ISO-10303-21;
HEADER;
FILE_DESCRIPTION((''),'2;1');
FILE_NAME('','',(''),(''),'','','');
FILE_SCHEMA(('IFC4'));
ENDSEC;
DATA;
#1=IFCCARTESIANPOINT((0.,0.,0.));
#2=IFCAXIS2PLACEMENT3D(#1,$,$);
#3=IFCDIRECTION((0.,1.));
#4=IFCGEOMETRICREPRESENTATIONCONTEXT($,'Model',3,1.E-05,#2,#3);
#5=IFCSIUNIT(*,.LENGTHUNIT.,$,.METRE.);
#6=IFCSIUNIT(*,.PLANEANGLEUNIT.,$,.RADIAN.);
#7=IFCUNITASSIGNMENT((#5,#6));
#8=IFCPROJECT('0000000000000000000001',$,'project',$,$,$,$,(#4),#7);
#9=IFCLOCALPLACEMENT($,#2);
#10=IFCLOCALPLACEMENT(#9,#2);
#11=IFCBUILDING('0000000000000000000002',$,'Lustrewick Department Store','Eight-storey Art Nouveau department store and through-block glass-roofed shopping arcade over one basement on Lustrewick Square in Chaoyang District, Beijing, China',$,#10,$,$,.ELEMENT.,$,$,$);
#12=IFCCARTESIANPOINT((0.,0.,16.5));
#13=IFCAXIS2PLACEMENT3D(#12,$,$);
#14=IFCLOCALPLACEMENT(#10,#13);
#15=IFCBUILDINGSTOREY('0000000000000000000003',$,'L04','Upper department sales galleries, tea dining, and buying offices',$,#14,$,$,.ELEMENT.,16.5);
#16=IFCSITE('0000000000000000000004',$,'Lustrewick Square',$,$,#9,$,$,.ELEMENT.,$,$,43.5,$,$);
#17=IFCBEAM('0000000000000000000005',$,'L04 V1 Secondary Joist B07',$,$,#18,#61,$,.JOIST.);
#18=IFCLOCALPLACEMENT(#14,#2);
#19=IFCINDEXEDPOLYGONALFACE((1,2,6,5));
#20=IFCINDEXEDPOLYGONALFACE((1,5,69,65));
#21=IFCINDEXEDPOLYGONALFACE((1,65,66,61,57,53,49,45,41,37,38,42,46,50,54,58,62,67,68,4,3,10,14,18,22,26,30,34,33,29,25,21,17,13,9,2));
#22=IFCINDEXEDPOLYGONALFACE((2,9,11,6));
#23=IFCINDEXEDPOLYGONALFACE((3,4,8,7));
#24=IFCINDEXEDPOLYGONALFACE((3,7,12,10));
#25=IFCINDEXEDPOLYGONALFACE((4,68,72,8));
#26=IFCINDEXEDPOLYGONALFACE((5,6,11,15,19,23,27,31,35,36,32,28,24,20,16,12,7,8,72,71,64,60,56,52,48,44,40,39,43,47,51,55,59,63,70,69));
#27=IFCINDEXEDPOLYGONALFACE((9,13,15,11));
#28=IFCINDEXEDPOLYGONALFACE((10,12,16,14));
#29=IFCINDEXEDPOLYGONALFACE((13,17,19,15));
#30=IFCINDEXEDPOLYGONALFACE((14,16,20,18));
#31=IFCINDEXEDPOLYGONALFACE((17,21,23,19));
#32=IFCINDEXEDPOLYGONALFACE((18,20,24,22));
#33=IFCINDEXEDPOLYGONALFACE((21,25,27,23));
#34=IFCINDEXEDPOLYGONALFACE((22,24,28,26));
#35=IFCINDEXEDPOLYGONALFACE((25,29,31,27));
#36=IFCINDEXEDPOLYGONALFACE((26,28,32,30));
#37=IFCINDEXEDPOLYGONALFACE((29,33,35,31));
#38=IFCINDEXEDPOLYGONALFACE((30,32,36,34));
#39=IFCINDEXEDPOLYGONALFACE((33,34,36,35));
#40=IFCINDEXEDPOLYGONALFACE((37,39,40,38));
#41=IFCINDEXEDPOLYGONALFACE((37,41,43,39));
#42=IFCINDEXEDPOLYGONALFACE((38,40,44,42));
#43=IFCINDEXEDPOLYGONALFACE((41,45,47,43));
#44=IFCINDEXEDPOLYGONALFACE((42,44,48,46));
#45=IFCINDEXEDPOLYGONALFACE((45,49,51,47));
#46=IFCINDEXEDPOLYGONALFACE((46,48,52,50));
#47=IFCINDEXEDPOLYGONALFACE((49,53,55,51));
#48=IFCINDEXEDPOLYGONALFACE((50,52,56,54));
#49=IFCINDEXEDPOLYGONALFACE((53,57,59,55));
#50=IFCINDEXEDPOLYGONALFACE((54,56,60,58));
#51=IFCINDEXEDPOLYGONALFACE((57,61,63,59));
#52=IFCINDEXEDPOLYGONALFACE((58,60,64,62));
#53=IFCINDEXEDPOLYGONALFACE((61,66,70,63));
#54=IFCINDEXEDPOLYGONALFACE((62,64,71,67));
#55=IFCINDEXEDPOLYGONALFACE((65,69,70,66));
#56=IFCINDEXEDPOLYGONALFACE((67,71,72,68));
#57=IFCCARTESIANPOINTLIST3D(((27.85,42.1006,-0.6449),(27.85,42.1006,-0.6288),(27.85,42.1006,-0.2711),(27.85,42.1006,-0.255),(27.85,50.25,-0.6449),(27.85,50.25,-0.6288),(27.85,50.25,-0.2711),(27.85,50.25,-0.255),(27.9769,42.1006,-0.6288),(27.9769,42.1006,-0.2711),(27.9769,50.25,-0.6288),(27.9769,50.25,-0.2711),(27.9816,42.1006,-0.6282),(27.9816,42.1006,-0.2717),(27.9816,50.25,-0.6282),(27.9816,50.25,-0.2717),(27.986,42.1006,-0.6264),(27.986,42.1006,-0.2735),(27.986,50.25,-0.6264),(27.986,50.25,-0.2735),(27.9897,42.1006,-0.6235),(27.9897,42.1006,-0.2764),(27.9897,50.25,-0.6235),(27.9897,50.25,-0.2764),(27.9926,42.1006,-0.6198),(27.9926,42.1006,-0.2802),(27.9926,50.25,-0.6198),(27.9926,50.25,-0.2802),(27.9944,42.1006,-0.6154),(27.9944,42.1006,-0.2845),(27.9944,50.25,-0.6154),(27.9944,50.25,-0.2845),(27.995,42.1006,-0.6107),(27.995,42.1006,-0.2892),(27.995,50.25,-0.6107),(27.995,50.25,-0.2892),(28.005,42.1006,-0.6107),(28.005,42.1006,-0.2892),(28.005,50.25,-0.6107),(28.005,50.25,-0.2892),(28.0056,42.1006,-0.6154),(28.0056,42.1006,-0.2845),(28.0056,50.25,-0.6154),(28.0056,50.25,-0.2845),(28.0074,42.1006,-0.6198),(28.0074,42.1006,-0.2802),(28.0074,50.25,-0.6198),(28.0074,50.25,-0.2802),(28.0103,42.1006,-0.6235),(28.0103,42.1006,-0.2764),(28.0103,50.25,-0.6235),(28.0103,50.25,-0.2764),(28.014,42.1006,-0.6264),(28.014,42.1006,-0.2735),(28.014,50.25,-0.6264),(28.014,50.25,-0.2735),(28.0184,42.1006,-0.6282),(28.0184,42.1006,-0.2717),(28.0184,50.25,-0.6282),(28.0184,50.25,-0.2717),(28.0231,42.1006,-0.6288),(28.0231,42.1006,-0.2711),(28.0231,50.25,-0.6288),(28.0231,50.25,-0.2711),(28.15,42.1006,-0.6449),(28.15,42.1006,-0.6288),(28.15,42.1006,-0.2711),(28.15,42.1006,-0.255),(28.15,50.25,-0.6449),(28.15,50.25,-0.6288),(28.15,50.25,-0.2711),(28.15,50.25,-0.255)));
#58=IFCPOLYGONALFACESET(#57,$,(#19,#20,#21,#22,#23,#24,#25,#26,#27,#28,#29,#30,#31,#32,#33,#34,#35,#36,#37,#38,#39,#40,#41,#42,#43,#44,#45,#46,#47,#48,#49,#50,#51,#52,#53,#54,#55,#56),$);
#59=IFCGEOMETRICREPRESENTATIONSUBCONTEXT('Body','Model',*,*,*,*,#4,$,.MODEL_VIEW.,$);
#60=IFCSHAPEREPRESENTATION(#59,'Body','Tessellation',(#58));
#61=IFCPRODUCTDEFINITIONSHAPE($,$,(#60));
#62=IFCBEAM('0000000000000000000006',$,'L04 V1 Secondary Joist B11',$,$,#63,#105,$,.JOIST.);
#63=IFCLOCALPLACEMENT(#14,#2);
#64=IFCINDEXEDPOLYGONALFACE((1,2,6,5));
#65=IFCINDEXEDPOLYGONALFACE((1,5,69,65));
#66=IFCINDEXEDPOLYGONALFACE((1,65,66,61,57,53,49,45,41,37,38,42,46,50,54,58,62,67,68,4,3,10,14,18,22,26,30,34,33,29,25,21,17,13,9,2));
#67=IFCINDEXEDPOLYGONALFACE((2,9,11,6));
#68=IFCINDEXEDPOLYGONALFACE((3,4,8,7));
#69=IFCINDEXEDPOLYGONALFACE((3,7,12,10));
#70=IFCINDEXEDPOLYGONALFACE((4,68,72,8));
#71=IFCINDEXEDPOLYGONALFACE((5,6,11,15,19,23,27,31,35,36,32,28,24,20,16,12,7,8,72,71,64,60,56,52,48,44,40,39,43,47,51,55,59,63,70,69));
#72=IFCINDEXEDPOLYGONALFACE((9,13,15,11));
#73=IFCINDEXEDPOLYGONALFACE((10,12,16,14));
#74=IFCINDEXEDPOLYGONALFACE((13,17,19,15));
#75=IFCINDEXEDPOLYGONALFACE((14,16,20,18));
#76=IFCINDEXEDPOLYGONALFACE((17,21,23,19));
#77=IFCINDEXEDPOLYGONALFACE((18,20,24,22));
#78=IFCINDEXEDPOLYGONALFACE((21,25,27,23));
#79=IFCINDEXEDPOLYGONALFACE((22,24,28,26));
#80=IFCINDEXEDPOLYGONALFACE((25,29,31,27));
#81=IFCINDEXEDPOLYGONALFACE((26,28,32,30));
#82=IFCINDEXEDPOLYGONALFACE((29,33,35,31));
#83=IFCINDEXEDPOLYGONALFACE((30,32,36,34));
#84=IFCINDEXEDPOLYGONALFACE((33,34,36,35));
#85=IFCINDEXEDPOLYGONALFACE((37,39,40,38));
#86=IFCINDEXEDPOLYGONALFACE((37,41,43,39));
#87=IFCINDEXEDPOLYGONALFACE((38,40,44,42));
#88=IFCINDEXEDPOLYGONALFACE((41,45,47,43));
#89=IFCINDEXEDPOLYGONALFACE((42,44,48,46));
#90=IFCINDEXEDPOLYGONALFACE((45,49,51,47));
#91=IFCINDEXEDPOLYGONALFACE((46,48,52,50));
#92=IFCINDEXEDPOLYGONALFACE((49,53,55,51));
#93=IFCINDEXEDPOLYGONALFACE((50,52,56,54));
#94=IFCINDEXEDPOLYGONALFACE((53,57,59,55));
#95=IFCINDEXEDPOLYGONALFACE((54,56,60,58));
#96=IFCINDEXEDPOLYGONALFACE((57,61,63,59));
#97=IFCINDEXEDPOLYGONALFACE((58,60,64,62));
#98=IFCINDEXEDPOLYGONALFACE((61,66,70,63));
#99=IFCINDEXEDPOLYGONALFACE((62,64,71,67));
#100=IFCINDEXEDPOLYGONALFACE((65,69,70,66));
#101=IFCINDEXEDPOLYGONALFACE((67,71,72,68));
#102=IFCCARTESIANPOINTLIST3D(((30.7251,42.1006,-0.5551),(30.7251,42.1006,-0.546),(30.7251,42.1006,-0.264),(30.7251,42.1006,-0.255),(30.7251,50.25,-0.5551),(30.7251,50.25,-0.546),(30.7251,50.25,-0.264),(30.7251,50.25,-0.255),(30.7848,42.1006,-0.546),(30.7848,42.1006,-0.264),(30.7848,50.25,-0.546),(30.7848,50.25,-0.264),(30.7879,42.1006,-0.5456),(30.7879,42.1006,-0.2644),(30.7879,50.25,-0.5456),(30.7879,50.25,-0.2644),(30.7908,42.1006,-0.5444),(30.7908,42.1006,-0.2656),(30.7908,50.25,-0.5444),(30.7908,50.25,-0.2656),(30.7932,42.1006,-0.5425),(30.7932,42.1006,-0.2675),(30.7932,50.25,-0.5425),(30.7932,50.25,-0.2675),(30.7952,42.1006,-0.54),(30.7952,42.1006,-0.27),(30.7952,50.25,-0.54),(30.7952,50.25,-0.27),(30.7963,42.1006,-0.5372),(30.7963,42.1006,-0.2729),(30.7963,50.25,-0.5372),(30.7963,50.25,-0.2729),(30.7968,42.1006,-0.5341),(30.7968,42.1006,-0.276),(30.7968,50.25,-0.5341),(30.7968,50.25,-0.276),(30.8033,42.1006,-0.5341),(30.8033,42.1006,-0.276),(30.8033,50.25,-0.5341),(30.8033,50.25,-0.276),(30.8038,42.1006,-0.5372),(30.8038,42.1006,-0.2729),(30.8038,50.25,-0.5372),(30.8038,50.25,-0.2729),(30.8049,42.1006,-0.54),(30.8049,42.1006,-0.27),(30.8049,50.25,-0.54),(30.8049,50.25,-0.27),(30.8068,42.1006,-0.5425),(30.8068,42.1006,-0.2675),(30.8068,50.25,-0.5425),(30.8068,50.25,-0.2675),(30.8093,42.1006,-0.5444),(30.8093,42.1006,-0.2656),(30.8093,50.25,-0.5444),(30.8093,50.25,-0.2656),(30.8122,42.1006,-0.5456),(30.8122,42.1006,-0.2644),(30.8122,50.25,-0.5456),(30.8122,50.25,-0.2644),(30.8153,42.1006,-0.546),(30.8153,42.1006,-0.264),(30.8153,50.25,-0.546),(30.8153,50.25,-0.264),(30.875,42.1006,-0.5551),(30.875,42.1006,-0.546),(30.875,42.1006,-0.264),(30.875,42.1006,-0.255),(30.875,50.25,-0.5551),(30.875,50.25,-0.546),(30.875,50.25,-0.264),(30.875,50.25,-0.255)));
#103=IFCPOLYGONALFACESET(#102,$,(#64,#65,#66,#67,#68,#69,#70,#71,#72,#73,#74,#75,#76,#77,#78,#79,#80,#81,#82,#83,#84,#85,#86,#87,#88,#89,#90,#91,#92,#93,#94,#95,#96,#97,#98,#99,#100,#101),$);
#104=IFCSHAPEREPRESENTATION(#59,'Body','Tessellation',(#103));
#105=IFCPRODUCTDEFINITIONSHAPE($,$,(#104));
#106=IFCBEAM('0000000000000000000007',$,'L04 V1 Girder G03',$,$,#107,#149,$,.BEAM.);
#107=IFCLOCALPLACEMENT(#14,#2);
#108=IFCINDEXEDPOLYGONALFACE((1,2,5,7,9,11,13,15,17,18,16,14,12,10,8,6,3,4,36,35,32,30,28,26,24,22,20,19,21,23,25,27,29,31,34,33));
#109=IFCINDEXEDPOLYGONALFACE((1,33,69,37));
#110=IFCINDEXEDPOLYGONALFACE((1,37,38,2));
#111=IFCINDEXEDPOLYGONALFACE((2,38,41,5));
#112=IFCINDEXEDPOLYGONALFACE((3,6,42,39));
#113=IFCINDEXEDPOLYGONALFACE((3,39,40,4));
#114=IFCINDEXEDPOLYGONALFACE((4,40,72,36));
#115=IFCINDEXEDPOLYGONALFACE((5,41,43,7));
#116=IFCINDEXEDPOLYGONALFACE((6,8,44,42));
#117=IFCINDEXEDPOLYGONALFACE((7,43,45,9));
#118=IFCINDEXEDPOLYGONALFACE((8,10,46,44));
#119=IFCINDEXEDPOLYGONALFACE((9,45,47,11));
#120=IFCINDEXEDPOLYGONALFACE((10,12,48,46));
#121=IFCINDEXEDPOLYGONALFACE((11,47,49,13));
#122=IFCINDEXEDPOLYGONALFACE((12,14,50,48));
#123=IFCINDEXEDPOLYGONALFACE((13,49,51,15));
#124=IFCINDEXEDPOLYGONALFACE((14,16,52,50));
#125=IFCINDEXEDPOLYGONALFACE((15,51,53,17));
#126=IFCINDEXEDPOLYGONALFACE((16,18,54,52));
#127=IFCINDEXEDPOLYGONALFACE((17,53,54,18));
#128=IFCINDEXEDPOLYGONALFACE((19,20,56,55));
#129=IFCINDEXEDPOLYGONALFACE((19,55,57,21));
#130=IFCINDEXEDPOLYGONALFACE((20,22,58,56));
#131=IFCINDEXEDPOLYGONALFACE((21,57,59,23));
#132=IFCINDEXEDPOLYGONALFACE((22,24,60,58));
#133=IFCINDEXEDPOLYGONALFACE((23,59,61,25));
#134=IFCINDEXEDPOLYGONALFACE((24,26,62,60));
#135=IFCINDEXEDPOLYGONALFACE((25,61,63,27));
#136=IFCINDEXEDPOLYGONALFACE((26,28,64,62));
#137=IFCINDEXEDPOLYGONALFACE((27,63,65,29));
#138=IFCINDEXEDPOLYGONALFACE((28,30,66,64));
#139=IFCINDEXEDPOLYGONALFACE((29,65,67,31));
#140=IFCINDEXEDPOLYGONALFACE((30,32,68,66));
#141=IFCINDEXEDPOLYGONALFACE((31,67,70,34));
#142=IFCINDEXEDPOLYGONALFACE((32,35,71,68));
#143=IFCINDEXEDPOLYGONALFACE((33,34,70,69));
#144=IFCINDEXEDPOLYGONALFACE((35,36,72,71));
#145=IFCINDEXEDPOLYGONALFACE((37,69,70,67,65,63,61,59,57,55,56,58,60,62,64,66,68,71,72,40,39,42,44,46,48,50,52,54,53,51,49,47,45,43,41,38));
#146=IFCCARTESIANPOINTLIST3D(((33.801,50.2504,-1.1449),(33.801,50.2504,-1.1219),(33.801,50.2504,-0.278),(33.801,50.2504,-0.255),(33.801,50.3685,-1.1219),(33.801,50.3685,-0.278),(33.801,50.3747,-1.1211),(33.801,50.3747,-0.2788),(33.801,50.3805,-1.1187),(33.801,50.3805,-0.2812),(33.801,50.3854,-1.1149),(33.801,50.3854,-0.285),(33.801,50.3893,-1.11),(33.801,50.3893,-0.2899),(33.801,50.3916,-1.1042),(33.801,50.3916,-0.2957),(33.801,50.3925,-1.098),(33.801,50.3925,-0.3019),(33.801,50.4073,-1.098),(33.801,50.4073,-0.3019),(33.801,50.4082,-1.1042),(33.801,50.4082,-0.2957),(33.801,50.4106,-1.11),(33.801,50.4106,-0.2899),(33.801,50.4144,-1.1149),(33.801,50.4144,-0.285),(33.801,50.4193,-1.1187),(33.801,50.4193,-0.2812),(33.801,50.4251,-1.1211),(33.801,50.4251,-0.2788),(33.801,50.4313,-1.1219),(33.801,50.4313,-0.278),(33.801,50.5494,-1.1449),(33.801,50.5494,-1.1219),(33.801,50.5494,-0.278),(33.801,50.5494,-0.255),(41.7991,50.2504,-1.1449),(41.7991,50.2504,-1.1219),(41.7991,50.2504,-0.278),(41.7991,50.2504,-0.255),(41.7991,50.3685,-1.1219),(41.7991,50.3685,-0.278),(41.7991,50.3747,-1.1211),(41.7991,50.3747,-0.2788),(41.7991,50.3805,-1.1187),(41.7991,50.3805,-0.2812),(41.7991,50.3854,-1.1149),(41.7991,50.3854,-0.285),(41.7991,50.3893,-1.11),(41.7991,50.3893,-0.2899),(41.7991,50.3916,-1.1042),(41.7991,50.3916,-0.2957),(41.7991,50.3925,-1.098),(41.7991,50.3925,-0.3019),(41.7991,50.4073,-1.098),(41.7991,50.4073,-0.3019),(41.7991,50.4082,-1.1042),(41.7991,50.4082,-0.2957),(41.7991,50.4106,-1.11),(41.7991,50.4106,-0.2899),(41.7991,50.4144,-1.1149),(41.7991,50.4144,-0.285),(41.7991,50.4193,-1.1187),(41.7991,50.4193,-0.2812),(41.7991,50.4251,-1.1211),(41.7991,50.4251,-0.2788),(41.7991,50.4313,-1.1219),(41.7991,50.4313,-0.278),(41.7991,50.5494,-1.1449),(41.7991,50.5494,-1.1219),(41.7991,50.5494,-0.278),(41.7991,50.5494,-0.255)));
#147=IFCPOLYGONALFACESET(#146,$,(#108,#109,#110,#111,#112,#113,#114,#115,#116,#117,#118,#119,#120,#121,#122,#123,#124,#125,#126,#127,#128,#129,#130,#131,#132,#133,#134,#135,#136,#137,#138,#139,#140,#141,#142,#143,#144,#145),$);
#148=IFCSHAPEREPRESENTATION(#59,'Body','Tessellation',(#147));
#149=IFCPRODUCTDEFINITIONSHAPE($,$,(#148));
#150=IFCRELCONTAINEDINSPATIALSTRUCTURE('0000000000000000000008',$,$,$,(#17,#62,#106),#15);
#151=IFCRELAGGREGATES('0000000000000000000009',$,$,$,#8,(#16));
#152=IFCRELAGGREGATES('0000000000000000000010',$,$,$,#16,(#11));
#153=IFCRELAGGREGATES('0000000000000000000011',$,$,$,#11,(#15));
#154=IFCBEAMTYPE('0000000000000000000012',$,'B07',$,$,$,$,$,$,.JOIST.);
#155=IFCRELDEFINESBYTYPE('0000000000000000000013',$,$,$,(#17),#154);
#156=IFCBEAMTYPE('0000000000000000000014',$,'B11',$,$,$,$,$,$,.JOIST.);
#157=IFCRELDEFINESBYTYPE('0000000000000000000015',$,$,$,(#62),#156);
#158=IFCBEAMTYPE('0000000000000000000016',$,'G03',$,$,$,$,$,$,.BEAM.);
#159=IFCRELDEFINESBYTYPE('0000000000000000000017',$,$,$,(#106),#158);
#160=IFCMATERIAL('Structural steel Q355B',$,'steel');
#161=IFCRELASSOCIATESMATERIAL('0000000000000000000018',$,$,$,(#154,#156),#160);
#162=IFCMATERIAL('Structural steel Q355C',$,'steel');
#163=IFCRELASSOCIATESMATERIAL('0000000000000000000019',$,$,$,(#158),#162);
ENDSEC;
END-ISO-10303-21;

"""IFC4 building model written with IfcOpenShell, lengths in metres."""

from ifc_helpers import new_model, si_unit, direction, frame, origin, origin_2d, place, context, subcontext, project, spatial, i_section, extrude, material, material_profile, profile_set, type_object, element, save


model = new_model("IFC4")

# Units and contexts
model_context = context("Model", 3, precision=1e-05, world=origin(), true_north=direction((0.0, 1.0)))
body_context = subcontext(model_context, "Body", "Model", "MODEL_VIEW")
ifc_project = project(units=[si_unit("LENGTHUNIT", "METRE"), si_unit("PLANEANGLEUNIT", "RADIAN")], contexts=[model_context])

# Site, building, storey
site_placement = place(None, origin())
site = spatial("IfcSite", under=ifc_project, at=site_placement, Name="Lustrewick Square", CompositionType="ELEMENT", RefElevation=43.5)
building_placement = place(site_placement, origin())
building = spatial("IfcBuilding", under=site, at=building_placement, Name="Lustrewick Department Store", Description="Eight-storey Art Nouveau department store and through-block glass-roofed shopping arcade over one basement on Lustrewick Square in Chaoyang District, Beijing, China", CompositionType="ELEMENT")
storey_placement = place(building_placement, frame((0.0, 0.0, 16.5)))
storey = spatial("IfcBuildingStorey", under=building, at=storey_placement, Name="L04", Description="Upper department sales galleries, tea dining, and buying offices", CompositionType="ELEMENT", Elevation=16.5)

# Shared definitions
ifc_material_1 = material(Name="Structural steel Q355B", Category="steel")
ifc_material_2 = material(Name="Structural steel Q355C", Category="steel")

# Beams
ifc_material_profile_1 = material_profile(ifc_material_1, i_section(OverallWidth=0.3, OverallDepth=0.3899, WebThickness=0.01, FlangeThickness=0.0161, FilletRadius=0.0181, at=origin_2d()), Name="HM 390x300x10x16")
ifc_profile_set_1 = profile_set([ifc_material_profile_1], Name="Structural steel Q355B")
beam_type_1 = type_object("IfcBeamType", Name="B07", PredefinedType="JOIST", material=ifc_profile_set_1)
beam_1_placement = place(storey_placement, frame((28.0, 42.1006, -0.45), z_axis=(0.0, 1.0, 0.0), x_axis=(-1.0, 0.0, 0.0)))
element("IfcBeam", 1, at=beam_1_placement, inside=storey, type_object=beam_type_1, Name="L04 V1 Secondary Joist B07", PredefinedType="JOIST", context=body_context, shape_type="SweptSolid", body=[
    extrude(i_section(OverallWidth=0.3, OverallDepth=0.3899, WebThickness=0.01, FlangeThickness=0.0161, FilletRadius=0.0181, at=origin_2d()), origin(), (0.0, 0.0, 1.0), 8.1494),
])
ifc_material_profile_2 = material_profile(ifc_material_1, i_section(OverallWidth=0.1499, OverallDepth=0.3, WebThickness=0.0066, FlangeThickness=0.009, FilletRadius=0.012, at=origin_2d()), Name="HN 300x150x6.5x9")
ifc_profile_set_2 = profile_set([ifc_material_profile_2], Name="Structural steel Q355B")
beam_type_2 = type_object("IfcBeamType", Name="B11", PredefinedType="JOIST", material=ifc_profile_set_2)
beam_2_placement = place(storey_placement, frame((30.8, 42.1006, -0.405), z_axis=(0.0, 1.0, 0.0), x_axis=(-1.0, 0.0, 0.0)))
element("IfcBeam", 2, at=beam_2_placement, inside=storey, type_object=beam_type_2, Name="L04 V1 Secondary Joist B11", PredefinedType="JOIST", context=body_context, shape_type="SweptSolid", body=[
    extrude(i_section(OverallWidth=0.1499, OverallDepth=0.3, WebThickness=0.0066, FlangeThickness=0.009, FilletRadius=0.012, at=origin_2d()), origin(), (0.0, 0.0, 1.0), 8.1494),
])
ifc_material_profile_3 = material_profile(ifc_material_2, i_section(OverallWidth=0.2991, OverallDepth=0.8899, WebThickness=0.0149, FlangeThickness=0.0229, FilletRadius=0.0239, at=origin_2d()), Name="HN 890x299x15x23")
ifc_profile_set_3 = profile_set([ifc_material_profile_3], Name="Structural steel Q355C")
beam_type_3 = type_object("IfcBeamType", Name="G03", PredefinedType="BEAM", material=ifc_profile_set_3)
beam_3_placement = place(storey_placement, frame((33.801, 50.3999, -0.7), z_axis=(1.0, 0.0, 0.0), x_axis=(0.0, 1.0, 0.0)))
element("IfcBeam", 3, at=beam_3_placement, inside=storey, type_object=beam_type_3, Name="L04 V1 Girder G03", PredefinedType="BEAM", context=body_context, shape_type="SweptSolid", body=[
    extrude(i_section(OverallWidth=0.2991, OverallDepth=0.8899, WebThickness=0.0149, FlangeThickness=0.0229, FilletRadius=0.0239, at=origin_2d()), origin(), (0.0, 0.0, 1.0), 7.998),
])

save(model, "model.ifc")
